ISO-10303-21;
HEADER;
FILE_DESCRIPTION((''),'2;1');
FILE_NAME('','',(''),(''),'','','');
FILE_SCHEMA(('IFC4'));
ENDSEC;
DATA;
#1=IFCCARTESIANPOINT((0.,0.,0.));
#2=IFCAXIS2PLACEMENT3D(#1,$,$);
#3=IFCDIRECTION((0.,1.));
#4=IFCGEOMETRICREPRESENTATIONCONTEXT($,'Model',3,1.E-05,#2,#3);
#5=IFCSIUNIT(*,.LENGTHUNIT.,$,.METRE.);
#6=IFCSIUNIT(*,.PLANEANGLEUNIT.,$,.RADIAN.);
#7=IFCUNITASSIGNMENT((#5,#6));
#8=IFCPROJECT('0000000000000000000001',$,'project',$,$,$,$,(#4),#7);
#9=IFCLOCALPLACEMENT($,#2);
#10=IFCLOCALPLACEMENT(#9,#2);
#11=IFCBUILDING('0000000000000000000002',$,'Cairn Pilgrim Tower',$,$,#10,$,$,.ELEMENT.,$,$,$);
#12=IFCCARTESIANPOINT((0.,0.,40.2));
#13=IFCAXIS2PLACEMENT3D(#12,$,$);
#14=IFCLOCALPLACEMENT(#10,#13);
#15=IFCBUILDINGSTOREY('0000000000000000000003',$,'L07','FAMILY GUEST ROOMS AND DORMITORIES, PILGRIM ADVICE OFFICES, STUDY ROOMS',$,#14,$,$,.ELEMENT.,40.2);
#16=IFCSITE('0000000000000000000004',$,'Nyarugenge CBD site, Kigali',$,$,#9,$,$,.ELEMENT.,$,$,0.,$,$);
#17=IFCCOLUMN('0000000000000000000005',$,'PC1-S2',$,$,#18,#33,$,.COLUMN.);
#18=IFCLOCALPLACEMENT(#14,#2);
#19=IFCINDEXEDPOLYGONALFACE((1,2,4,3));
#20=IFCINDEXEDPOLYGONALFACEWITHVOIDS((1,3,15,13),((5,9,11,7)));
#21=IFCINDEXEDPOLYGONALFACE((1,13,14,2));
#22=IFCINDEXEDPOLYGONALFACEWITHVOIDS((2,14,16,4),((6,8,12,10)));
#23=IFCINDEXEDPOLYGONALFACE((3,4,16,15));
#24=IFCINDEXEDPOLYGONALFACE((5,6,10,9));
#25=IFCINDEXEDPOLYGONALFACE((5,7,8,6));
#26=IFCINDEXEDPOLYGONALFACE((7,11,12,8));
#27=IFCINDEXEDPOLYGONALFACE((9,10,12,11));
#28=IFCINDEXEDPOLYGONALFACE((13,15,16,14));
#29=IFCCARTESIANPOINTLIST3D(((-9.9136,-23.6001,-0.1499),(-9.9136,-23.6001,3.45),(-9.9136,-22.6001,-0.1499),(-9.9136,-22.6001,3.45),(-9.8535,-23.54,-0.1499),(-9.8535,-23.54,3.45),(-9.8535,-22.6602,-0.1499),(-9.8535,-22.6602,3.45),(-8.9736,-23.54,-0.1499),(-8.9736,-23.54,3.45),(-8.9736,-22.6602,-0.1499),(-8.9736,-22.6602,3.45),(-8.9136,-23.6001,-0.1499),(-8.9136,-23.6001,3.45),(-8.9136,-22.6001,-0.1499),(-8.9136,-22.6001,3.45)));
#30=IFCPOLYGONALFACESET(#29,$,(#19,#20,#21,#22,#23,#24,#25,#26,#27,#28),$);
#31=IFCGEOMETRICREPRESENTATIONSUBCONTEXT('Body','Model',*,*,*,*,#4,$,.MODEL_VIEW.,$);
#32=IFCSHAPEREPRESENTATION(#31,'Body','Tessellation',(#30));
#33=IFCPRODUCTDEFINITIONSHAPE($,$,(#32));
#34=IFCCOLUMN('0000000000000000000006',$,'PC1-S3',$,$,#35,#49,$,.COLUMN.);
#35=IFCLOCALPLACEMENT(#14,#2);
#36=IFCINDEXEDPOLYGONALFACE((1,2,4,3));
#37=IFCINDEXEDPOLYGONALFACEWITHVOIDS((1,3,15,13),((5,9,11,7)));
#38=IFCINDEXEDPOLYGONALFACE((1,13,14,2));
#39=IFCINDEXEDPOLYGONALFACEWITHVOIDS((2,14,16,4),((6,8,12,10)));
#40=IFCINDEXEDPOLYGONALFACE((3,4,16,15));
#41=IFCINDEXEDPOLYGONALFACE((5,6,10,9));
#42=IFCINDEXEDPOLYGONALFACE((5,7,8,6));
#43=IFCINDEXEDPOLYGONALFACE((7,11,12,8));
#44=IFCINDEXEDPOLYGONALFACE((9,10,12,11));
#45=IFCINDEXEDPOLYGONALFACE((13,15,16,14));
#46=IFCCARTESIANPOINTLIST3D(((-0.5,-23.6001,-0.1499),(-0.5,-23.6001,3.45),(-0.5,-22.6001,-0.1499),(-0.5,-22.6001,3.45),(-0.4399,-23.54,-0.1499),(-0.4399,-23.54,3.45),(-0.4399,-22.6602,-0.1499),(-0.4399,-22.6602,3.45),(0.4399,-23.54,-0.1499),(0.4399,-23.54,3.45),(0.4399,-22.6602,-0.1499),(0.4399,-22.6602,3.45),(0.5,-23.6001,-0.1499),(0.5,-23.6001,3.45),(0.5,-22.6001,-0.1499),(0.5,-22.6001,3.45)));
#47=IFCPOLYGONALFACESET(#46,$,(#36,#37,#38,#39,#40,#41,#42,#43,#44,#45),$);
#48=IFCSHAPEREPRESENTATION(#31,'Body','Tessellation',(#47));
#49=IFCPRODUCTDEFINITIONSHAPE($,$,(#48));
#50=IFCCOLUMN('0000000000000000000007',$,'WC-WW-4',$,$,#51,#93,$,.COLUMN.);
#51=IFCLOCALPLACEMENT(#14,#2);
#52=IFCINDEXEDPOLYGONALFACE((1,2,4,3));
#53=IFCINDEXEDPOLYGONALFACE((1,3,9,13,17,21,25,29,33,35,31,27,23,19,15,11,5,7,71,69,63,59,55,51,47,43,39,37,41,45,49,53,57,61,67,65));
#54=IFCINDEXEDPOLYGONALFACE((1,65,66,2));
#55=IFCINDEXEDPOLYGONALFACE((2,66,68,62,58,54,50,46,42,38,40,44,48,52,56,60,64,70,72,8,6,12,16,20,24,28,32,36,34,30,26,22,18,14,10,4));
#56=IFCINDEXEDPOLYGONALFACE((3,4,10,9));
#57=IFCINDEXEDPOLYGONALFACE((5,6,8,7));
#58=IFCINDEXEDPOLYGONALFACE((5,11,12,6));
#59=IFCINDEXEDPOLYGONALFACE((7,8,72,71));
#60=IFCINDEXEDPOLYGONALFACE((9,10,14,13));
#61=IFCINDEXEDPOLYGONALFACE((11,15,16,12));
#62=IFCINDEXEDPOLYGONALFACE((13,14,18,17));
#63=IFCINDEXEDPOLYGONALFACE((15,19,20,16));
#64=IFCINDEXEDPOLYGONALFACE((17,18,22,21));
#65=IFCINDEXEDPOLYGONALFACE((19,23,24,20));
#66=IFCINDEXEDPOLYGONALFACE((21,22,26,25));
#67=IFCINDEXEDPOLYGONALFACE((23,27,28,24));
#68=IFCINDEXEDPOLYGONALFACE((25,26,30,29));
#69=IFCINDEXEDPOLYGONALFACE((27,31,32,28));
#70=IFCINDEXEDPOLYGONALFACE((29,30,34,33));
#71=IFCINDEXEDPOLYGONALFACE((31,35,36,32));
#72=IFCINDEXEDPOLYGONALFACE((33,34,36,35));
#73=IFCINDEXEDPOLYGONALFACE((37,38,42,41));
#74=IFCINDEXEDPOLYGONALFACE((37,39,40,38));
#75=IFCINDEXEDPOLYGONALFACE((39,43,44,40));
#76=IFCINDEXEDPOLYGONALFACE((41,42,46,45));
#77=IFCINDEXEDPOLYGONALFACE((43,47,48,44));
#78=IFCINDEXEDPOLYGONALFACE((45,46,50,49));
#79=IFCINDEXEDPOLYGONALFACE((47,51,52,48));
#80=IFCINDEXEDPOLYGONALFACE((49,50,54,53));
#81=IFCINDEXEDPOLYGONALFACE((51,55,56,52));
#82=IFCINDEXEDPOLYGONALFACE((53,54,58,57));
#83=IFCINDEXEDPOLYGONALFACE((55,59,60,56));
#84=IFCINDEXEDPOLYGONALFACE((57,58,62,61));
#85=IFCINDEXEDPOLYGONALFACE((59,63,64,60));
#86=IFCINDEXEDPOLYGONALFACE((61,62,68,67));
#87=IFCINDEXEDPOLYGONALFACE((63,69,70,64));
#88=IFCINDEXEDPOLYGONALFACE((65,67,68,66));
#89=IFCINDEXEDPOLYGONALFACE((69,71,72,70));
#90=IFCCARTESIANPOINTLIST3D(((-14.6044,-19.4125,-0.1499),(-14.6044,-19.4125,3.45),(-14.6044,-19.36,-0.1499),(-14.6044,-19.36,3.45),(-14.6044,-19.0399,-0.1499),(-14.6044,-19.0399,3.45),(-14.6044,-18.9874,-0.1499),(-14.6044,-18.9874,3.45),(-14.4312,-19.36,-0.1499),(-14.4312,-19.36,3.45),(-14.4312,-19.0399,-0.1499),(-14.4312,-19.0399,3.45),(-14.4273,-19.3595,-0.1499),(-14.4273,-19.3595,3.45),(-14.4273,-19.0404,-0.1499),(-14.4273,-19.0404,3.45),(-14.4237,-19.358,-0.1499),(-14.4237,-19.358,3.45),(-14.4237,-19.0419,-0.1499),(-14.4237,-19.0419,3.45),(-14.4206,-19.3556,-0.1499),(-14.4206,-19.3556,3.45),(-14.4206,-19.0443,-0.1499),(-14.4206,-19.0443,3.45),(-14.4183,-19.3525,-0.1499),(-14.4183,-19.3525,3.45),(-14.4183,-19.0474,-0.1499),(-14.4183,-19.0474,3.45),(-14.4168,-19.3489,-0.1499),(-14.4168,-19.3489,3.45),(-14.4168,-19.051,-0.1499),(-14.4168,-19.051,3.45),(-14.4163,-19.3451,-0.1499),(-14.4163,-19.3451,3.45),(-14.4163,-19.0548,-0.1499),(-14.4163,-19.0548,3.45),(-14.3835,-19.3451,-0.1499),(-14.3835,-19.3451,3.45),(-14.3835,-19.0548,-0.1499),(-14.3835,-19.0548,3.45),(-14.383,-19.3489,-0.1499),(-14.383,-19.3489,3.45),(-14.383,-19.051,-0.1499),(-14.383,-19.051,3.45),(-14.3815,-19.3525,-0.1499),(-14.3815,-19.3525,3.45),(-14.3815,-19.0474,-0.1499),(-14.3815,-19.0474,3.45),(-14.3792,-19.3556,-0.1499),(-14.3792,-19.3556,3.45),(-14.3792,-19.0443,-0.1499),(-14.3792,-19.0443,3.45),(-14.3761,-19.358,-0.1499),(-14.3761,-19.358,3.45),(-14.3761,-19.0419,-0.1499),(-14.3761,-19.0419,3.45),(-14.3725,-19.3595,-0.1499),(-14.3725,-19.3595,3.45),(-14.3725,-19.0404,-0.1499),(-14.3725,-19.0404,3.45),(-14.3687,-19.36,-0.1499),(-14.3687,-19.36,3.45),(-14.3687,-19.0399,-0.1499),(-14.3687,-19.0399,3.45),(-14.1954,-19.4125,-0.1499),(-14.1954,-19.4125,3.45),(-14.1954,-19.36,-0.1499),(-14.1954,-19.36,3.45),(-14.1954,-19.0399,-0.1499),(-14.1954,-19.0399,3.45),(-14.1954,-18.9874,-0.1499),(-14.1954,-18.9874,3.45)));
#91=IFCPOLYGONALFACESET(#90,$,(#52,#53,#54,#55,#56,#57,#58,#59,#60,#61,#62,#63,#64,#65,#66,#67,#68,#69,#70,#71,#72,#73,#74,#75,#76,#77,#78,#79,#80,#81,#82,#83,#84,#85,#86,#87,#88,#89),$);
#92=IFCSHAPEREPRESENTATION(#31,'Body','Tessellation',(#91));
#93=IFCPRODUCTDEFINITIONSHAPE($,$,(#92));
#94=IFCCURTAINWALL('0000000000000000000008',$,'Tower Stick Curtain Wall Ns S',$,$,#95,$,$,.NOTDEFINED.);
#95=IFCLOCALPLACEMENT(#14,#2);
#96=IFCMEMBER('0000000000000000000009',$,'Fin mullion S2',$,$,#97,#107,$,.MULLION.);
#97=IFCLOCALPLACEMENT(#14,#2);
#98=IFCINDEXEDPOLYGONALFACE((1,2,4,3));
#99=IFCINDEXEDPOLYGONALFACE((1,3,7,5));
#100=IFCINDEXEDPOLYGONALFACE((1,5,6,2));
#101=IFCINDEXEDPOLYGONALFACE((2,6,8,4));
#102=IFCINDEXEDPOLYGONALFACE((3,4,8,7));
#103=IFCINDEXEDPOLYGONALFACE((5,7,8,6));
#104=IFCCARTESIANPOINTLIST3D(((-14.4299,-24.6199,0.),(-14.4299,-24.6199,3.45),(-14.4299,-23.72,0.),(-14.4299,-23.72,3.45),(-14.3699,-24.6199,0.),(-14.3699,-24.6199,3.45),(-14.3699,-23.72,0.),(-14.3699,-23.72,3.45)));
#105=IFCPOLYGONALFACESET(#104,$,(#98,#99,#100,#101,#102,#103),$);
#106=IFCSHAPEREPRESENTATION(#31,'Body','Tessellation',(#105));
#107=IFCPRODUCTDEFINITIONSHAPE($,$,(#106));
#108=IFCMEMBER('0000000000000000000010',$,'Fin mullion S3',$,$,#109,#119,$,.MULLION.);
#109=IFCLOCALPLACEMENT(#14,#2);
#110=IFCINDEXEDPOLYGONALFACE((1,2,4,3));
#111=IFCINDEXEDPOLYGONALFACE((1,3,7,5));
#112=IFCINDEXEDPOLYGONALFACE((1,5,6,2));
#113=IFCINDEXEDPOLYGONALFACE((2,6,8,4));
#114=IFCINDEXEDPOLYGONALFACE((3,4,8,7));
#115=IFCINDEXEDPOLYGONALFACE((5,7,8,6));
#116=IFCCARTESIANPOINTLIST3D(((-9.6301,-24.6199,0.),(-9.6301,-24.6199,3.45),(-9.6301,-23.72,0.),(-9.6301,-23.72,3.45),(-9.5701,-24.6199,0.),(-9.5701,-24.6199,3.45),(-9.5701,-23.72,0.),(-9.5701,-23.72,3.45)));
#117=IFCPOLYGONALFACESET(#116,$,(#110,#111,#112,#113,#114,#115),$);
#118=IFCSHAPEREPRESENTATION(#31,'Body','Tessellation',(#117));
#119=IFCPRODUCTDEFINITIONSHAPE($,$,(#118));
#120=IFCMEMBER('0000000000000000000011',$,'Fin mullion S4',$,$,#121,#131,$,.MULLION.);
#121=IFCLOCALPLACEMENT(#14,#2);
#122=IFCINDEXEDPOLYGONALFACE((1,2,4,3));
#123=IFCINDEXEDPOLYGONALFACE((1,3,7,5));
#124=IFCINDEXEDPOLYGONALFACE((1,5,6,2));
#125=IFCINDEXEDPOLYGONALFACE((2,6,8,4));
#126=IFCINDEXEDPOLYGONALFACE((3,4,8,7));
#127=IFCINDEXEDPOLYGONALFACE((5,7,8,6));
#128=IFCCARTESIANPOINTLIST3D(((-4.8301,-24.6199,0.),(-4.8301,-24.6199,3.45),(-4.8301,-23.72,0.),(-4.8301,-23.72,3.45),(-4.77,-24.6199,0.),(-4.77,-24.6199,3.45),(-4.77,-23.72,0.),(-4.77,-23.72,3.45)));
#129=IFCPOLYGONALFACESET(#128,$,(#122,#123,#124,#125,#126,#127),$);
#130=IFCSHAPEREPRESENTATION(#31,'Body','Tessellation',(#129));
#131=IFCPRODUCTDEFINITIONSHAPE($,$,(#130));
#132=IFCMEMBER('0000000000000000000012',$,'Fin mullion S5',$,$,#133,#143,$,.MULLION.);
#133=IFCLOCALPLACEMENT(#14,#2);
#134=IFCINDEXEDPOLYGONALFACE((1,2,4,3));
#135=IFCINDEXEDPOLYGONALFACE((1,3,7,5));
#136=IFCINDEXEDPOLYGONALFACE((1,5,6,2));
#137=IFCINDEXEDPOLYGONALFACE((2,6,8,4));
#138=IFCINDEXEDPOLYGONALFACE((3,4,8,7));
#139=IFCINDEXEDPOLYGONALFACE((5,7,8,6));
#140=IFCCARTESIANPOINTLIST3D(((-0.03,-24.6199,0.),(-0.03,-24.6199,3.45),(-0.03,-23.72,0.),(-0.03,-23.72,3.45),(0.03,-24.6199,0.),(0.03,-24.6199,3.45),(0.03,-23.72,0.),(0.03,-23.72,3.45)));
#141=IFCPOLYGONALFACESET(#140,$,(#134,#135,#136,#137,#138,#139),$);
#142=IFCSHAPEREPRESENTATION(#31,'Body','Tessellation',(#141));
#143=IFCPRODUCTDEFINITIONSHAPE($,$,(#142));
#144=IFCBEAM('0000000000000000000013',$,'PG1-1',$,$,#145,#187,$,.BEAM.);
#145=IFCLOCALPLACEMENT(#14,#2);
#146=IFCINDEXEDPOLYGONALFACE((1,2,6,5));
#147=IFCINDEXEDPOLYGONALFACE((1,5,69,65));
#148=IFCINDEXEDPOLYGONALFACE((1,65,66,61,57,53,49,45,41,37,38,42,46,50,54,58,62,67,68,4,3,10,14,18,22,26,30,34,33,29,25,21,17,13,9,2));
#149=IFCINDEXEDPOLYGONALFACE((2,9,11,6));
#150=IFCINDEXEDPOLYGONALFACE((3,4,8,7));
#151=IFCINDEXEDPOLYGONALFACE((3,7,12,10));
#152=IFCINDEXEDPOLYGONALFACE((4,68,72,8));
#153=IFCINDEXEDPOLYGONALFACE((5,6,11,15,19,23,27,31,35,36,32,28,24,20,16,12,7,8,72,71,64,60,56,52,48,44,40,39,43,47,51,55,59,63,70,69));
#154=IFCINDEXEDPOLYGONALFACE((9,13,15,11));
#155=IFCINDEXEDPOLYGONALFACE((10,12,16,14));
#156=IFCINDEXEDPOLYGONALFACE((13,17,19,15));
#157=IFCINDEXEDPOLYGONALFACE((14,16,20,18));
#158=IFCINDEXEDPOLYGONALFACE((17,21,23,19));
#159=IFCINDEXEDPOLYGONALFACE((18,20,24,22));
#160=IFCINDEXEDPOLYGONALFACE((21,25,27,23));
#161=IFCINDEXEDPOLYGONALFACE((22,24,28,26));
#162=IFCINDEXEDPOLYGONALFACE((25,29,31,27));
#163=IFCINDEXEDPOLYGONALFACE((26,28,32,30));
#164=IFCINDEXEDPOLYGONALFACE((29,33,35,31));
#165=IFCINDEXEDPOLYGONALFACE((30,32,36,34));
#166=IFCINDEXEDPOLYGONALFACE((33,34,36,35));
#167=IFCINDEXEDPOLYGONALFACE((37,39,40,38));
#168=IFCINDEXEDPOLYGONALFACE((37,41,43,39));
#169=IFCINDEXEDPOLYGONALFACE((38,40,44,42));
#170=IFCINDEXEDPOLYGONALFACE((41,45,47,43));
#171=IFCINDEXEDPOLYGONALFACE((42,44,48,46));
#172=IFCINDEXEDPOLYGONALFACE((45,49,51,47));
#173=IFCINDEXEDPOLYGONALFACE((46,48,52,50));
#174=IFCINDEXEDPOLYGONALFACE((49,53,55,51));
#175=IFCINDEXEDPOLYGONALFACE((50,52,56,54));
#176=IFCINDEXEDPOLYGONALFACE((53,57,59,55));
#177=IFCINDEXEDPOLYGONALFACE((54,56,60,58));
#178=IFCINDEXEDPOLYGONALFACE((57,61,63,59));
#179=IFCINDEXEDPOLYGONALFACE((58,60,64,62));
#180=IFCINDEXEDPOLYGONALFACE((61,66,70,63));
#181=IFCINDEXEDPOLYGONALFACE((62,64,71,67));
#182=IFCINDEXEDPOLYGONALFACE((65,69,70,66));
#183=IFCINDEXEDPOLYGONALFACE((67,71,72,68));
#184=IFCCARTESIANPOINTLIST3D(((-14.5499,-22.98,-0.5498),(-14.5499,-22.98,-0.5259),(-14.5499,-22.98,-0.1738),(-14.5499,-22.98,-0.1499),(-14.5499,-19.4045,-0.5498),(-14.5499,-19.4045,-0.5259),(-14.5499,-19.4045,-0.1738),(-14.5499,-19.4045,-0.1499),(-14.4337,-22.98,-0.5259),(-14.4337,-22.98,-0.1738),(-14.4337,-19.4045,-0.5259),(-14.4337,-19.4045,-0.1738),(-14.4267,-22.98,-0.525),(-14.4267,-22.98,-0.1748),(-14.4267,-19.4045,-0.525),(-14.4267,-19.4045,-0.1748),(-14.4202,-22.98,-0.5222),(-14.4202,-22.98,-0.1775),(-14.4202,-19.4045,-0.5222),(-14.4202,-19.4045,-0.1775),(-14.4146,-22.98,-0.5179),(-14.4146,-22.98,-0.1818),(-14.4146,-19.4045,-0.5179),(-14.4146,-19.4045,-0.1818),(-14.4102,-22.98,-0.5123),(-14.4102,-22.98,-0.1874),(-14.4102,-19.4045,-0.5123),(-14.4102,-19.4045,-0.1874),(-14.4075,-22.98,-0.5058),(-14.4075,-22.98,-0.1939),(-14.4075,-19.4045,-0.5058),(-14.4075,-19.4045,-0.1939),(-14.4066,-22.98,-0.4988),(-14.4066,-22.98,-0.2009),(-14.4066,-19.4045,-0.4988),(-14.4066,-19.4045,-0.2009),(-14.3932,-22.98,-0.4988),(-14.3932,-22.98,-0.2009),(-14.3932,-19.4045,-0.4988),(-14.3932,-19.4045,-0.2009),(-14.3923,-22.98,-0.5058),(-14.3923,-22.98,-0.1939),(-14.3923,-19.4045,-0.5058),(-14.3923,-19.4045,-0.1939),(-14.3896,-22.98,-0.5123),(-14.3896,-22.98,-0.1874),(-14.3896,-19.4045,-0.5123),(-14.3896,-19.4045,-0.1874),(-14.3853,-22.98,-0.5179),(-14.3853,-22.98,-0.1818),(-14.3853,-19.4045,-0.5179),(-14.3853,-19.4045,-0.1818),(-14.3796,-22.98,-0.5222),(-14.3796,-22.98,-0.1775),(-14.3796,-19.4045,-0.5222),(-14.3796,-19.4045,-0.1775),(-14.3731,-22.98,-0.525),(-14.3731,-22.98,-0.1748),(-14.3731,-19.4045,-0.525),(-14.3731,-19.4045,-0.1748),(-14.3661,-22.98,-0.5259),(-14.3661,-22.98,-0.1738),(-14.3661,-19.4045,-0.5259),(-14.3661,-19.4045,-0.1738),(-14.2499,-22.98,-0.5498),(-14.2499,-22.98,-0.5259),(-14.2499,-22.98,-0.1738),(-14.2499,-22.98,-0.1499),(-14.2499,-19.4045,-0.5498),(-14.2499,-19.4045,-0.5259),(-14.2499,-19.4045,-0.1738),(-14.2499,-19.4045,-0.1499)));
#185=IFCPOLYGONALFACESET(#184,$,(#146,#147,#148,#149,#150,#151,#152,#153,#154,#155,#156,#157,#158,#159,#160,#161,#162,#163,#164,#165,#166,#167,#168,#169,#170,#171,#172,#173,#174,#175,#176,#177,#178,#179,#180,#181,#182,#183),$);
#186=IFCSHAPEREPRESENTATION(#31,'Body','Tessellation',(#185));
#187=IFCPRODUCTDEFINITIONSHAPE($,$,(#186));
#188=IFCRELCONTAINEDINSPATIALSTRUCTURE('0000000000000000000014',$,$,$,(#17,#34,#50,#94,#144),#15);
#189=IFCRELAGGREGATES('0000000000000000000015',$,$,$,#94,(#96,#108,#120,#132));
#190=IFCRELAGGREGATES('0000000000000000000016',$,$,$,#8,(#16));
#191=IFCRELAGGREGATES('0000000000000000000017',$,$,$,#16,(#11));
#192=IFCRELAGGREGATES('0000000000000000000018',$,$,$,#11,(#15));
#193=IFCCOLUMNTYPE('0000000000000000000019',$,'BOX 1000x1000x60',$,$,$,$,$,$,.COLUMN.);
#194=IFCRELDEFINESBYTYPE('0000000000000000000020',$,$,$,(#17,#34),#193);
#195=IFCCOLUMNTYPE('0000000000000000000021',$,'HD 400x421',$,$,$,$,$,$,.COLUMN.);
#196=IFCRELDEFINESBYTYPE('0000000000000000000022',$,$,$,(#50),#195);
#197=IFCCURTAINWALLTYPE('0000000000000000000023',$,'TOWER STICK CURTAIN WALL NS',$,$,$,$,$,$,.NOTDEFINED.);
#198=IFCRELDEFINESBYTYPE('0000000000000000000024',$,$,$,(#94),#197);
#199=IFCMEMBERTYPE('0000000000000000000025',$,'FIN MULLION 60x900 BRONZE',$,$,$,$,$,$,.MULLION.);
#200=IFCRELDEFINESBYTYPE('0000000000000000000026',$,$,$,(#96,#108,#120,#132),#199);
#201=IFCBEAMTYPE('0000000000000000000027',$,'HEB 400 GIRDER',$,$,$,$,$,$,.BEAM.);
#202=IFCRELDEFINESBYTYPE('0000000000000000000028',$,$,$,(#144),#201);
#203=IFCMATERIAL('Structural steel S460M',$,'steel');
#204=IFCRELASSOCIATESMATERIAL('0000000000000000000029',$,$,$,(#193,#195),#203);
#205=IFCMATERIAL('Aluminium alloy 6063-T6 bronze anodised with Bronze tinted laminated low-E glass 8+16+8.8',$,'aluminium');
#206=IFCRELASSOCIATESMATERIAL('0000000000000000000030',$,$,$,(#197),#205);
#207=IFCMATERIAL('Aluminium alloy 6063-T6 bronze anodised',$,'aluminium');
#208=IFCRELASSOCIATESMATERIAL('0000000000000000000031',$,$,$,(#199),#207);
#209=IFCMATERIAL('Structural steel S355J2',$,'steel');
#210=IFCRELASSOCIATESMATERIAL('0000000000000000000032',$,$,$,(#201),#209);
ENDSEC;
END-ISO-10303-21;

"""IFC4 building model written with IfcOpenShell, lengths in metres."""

from ifc_helpers import new_model, si_unit, direction, frame, origin, origin_2d, place, context, subcontext, project, spatial, rectangle, hollow_rectangle, i_section, extrude, material, material_profile, profile_set, type_object, element, aggregate, save


model = new_model("IFC4")

# Units and contexts
model_context = context("Model", 3, precision=1e-05, world=origin(), true_north=direction((0.0, 1.0)))
body_context = subcontext(model_context, "Body", "Model", "MODEL_VIEW")
ifc_project = project(units=[si_unit("LENGTHUNIT", "METRE"), si_unit("PLANEANGLEUNIT", "RADIAN")], contexts=[model_context])

# Site, building, storey
site_placement = place(None, origin())
site = spatial("IfcSite", under=ifc_project, at=site_placement, Name="Nyarugenge CBD site, Kigali", CompositionType="ELEMENT", RefElevation=0.0)
building_placement = place(site_placement, origin())
building = spatial("IfcBuilding", under=site, at=building_placement, Name="Cairn Pilgrim Tower", CompositionType="ELEMENT")
storey_placement = place(building_placement, frame((0.0, 0.0, 40.2)))
storey = spatial("IfcBuildingStorey", under=building, at=storey_placement, Name="L07", Description="FAMILY GUEST ROOMS AND DORMITORIES, PILGRIM ADVICE OFFICES, STUDY ROOMS", CompositionType="ELEMENT", Elevation=40.2)

# Columns
ifc_material_1 = material(Name="Structural steel S460M", Category="steel")
ifc_material_profile_1 = material_profile(ifc_material_1, hollow_rectangle(XDim=1.0, YDim=1.0, WallThickness=0.0601, at=origin_2d()), Name="BOX 1000x1000x60")
ifc_profile_set_1 = profile_set([ifc_material_profile_1], Name="Structural steel S460M")
column_type_1 = type_object("IfcColumnType", Name="BOX 1000x1000x60", PredefinedType="COLUMN", material=ifc_profile_set_1)
for number, where, z_axis, x_axis, name in (
    (1, (-9.4136, -23.1001, -0.1499), (0.0, 0.0, 1.0), (1.0, 0.0, 0.0), "PC1-S2"),
    (2, (0.0, -23.1001, -0.1499), (0.0, 0.0, 1.0), (1.0, 0.0, 0.0), "PC1-S3"),
):
    element("IfcColumn", number, at=place(storey_placement, frame(where, z_axis=z_axis, x_axis=x_axis)), inside=storey, type_object=column_type_1, Name=name, PredefinedType="COLUMN", context=body_context, shape_type="SweptSolid", body=[
        extrude(hollow_rectangle(XDim=1.0, YDim=1.0, WallThickness=0.0601, at=origin_2d()), origin(), (0.0, 0.0, 1.0), 3.5999),
    ])
ifc_material_profile_2 = material_profile(ifc_material_1, i_section(OverallWidth=0.4089, OverallDepth=0.425, WebThickness=0.0327, FlangeThickness=0.0525, FilletRadius=0.0149, at=origin_2d()), Name="HD 400x421")
ifc_profile_set_2 = profile_set([ifc_material_profile_2], Name="Structural steel S460M")
column_type_2 = type_object("IfcColumnType", Name="HD 400x421", PredefinedType="COLUMN", material=ifc_profile_set_2)
column_placement = place(storey_placement, frame((-14.3999, -19.2, -0.1499), z_axis=(0.0, 0.0, 1.0), x_axis=(1.0, 0.0, 0.0)))
element("IfcColumn", 3, at=column_placement, inside=storey, type_object=column_type_2, Name="WC-WW-4", PredefinedType="COLUMN", context=body_context, shape_type="SweptSolid", body=[
    extrude(i_section(OverallWidth=0.4089, OverallDepth=0.425, WebThickness=0.0327, FlangeThickness=0.0525, FilletRadius=0.0149, at=origin_2d()), origin(), (0.0, 0.0, 1.0), 3.5999),
])

# Curtain wall, members
ifc_material_2 = material(Name="Aluminium alloy 6063-T6 bronze anodised with Bronze tinted laminated low-E glass 8+16+8.8", Category="aluminium")
curtain_wall_type = type_object("IfcCurtainWallType", Name="TOWER STICK CURTAIN WALL NS", PredefinedType="NOTDEFINED", material=ifc_material_2)
curtain_wall_placement = place(storey_placement, origin())
curtain_wall = element("IfcCurtainWall", 4, at=curtain_wall_placement, inside=storey, type_object=curtain_wall_type, Name="Tower Stick Curtain Wall Ns S", PredefinedType="NOTDEFINED")
ifc_material_3 = material(Name="Aluminium alloy 6063-T6 bronze anodised", Category="aluminium")
ifc_material_profile_3 = material_profile(ifc_material_3, rectangle(XDim=0.8999, YDim=0.0601, at=origin_2d()), Name="FIN MULLION 60x900 BRONZE")
ifc_profile_set_3 = profile_set([ifc_material_profile_3], Name="Aluminium alloy 6063-T6 bronze anodised")
member_type_1 = type_object("IfcMemberType", Name="FIN MULLION 60x900 BRONZE", PredefinedType="MULLION", material=ifc_profile_set_3)
member_1_placement = place(storey_placement, frame((-14.3999, -24.1699, 0.0), z_axis=(0.0, 0.0, 1.0), x_axis=(0.0, -1.0, 0.0)))
member_1 = element("IfcMember", 5, at=member_1_placement, type_object=member_type_1, Name="Fin mullion S2", PredefinedType="MULLION", context=body_context, shape_type="SweptSolid", body=[
    extrude(rectangle(XDim=0.8999, YDim=0.0601, at=origin_2d()), origin(), (0.0, 0.0, 1.0), 3.45),
])
member_2_placement = place(storey_placement, frame((-9.6001, -24.1699, 0.0), z_axis=(0.0, 0.0, 1.0), x_axis=(0.0, -1.0, 0.0)))
member_2 = element("IfcMember", 6, at=member_2_placement, type_object=member_type_1, Name="Fin mullion S3", PredefinedType="MULLION", context=body_context, shape_type="SweptSolid", body=[
    extrude(rectangle(XDim=0.8999, YDim=0.0601, at=origin_2d()), origin(), (0.0, 0.0, 1.0), 3.45),
])
member_3_placement = place(storey_placement, frame((-4.8, -24.1699, 0.0), z_axis=(0.0, 0.0, 1.0), x_axis=(0.0, -1.0, 0.0)))
member_3 = element("IfcMember", 7, at=member_3_placement, type_object=member_type_1, Name="Fin mullion S4", PredefinedType="MULLION", context=body_context, shape_type="SweptSolid", body=[
    extrude(rectangle(XDim=0.8999, YDim=0.0601, at=origin_2d()), origin(), (0.0, 0.0, 1.0), 3.45),
])
member_4_placement = place(storey_placement, frame((0.0, -24.1699, 0.0), z_axis=(0.0, 0.0, 1.0), x_axis=(0.0, -1.0, 0.0)))
member_4 = element("IfcMember", 8, at=member_4_placement, type_object=member_type_1, Name="Fin mullion S5", PredefinedType="MULLION", context=body_context, shape_type="SweptSolid", body=[
    extrude(rectangle(XDim=0.8999, YDim=0.0601, at=origin_2d()), origin(), (0.0, 0.0, 1.0), 3.45),
])

# Beam
ifc_material_4 = material(Name="Structural steel S355J2", Category="steel")
ifc_material_profile_4 = material_profile(ifc_material_4, i_section(OverallWidth=0.3, OverallDepth=0.3999, WebThickness=0.0134, FlangeThickness=0.0239, FilletRadius=0.0271, at=origin_2d()), Name="HEB 400")
ifc_profile_set_4 = profile_set([ifc_material_profile_4], Name="Structural steel S355J2")
beam_type_1 = type_object("IfcBeamType", Name="HEB 400 GIRDER", PredefinedType="BEAM", material=ifc_profile_set_4)
beam_1_placement = place(storey_placement, frame((-14.3999, -22.98, -0.3499), z_axis=(0.0, 1.0, 0.0), x_axis=(-1.0, 0.0, 0.0)))
element("IfcBeam", 9, at=beam_1_placement, inside=storey, type_object=beam_type_1, Name="PG1-1", PredefinedType="BEAM", context=body_context, shape_type="SweptSolid", body=[
    extrude(i_section(OverallWidth=0.3, OverallDepth=0.3999, WebThickness=0.0134, FlangeThickness=0.0239, FilletRadius=0.0271, at=origin_2d()), origin(), (0.0, 0.0, 1.0), 3.5754),
])

aggregate(curtain_wall, [member_1, member_2, member_3, member_4])

save(model, "model.ifc")
